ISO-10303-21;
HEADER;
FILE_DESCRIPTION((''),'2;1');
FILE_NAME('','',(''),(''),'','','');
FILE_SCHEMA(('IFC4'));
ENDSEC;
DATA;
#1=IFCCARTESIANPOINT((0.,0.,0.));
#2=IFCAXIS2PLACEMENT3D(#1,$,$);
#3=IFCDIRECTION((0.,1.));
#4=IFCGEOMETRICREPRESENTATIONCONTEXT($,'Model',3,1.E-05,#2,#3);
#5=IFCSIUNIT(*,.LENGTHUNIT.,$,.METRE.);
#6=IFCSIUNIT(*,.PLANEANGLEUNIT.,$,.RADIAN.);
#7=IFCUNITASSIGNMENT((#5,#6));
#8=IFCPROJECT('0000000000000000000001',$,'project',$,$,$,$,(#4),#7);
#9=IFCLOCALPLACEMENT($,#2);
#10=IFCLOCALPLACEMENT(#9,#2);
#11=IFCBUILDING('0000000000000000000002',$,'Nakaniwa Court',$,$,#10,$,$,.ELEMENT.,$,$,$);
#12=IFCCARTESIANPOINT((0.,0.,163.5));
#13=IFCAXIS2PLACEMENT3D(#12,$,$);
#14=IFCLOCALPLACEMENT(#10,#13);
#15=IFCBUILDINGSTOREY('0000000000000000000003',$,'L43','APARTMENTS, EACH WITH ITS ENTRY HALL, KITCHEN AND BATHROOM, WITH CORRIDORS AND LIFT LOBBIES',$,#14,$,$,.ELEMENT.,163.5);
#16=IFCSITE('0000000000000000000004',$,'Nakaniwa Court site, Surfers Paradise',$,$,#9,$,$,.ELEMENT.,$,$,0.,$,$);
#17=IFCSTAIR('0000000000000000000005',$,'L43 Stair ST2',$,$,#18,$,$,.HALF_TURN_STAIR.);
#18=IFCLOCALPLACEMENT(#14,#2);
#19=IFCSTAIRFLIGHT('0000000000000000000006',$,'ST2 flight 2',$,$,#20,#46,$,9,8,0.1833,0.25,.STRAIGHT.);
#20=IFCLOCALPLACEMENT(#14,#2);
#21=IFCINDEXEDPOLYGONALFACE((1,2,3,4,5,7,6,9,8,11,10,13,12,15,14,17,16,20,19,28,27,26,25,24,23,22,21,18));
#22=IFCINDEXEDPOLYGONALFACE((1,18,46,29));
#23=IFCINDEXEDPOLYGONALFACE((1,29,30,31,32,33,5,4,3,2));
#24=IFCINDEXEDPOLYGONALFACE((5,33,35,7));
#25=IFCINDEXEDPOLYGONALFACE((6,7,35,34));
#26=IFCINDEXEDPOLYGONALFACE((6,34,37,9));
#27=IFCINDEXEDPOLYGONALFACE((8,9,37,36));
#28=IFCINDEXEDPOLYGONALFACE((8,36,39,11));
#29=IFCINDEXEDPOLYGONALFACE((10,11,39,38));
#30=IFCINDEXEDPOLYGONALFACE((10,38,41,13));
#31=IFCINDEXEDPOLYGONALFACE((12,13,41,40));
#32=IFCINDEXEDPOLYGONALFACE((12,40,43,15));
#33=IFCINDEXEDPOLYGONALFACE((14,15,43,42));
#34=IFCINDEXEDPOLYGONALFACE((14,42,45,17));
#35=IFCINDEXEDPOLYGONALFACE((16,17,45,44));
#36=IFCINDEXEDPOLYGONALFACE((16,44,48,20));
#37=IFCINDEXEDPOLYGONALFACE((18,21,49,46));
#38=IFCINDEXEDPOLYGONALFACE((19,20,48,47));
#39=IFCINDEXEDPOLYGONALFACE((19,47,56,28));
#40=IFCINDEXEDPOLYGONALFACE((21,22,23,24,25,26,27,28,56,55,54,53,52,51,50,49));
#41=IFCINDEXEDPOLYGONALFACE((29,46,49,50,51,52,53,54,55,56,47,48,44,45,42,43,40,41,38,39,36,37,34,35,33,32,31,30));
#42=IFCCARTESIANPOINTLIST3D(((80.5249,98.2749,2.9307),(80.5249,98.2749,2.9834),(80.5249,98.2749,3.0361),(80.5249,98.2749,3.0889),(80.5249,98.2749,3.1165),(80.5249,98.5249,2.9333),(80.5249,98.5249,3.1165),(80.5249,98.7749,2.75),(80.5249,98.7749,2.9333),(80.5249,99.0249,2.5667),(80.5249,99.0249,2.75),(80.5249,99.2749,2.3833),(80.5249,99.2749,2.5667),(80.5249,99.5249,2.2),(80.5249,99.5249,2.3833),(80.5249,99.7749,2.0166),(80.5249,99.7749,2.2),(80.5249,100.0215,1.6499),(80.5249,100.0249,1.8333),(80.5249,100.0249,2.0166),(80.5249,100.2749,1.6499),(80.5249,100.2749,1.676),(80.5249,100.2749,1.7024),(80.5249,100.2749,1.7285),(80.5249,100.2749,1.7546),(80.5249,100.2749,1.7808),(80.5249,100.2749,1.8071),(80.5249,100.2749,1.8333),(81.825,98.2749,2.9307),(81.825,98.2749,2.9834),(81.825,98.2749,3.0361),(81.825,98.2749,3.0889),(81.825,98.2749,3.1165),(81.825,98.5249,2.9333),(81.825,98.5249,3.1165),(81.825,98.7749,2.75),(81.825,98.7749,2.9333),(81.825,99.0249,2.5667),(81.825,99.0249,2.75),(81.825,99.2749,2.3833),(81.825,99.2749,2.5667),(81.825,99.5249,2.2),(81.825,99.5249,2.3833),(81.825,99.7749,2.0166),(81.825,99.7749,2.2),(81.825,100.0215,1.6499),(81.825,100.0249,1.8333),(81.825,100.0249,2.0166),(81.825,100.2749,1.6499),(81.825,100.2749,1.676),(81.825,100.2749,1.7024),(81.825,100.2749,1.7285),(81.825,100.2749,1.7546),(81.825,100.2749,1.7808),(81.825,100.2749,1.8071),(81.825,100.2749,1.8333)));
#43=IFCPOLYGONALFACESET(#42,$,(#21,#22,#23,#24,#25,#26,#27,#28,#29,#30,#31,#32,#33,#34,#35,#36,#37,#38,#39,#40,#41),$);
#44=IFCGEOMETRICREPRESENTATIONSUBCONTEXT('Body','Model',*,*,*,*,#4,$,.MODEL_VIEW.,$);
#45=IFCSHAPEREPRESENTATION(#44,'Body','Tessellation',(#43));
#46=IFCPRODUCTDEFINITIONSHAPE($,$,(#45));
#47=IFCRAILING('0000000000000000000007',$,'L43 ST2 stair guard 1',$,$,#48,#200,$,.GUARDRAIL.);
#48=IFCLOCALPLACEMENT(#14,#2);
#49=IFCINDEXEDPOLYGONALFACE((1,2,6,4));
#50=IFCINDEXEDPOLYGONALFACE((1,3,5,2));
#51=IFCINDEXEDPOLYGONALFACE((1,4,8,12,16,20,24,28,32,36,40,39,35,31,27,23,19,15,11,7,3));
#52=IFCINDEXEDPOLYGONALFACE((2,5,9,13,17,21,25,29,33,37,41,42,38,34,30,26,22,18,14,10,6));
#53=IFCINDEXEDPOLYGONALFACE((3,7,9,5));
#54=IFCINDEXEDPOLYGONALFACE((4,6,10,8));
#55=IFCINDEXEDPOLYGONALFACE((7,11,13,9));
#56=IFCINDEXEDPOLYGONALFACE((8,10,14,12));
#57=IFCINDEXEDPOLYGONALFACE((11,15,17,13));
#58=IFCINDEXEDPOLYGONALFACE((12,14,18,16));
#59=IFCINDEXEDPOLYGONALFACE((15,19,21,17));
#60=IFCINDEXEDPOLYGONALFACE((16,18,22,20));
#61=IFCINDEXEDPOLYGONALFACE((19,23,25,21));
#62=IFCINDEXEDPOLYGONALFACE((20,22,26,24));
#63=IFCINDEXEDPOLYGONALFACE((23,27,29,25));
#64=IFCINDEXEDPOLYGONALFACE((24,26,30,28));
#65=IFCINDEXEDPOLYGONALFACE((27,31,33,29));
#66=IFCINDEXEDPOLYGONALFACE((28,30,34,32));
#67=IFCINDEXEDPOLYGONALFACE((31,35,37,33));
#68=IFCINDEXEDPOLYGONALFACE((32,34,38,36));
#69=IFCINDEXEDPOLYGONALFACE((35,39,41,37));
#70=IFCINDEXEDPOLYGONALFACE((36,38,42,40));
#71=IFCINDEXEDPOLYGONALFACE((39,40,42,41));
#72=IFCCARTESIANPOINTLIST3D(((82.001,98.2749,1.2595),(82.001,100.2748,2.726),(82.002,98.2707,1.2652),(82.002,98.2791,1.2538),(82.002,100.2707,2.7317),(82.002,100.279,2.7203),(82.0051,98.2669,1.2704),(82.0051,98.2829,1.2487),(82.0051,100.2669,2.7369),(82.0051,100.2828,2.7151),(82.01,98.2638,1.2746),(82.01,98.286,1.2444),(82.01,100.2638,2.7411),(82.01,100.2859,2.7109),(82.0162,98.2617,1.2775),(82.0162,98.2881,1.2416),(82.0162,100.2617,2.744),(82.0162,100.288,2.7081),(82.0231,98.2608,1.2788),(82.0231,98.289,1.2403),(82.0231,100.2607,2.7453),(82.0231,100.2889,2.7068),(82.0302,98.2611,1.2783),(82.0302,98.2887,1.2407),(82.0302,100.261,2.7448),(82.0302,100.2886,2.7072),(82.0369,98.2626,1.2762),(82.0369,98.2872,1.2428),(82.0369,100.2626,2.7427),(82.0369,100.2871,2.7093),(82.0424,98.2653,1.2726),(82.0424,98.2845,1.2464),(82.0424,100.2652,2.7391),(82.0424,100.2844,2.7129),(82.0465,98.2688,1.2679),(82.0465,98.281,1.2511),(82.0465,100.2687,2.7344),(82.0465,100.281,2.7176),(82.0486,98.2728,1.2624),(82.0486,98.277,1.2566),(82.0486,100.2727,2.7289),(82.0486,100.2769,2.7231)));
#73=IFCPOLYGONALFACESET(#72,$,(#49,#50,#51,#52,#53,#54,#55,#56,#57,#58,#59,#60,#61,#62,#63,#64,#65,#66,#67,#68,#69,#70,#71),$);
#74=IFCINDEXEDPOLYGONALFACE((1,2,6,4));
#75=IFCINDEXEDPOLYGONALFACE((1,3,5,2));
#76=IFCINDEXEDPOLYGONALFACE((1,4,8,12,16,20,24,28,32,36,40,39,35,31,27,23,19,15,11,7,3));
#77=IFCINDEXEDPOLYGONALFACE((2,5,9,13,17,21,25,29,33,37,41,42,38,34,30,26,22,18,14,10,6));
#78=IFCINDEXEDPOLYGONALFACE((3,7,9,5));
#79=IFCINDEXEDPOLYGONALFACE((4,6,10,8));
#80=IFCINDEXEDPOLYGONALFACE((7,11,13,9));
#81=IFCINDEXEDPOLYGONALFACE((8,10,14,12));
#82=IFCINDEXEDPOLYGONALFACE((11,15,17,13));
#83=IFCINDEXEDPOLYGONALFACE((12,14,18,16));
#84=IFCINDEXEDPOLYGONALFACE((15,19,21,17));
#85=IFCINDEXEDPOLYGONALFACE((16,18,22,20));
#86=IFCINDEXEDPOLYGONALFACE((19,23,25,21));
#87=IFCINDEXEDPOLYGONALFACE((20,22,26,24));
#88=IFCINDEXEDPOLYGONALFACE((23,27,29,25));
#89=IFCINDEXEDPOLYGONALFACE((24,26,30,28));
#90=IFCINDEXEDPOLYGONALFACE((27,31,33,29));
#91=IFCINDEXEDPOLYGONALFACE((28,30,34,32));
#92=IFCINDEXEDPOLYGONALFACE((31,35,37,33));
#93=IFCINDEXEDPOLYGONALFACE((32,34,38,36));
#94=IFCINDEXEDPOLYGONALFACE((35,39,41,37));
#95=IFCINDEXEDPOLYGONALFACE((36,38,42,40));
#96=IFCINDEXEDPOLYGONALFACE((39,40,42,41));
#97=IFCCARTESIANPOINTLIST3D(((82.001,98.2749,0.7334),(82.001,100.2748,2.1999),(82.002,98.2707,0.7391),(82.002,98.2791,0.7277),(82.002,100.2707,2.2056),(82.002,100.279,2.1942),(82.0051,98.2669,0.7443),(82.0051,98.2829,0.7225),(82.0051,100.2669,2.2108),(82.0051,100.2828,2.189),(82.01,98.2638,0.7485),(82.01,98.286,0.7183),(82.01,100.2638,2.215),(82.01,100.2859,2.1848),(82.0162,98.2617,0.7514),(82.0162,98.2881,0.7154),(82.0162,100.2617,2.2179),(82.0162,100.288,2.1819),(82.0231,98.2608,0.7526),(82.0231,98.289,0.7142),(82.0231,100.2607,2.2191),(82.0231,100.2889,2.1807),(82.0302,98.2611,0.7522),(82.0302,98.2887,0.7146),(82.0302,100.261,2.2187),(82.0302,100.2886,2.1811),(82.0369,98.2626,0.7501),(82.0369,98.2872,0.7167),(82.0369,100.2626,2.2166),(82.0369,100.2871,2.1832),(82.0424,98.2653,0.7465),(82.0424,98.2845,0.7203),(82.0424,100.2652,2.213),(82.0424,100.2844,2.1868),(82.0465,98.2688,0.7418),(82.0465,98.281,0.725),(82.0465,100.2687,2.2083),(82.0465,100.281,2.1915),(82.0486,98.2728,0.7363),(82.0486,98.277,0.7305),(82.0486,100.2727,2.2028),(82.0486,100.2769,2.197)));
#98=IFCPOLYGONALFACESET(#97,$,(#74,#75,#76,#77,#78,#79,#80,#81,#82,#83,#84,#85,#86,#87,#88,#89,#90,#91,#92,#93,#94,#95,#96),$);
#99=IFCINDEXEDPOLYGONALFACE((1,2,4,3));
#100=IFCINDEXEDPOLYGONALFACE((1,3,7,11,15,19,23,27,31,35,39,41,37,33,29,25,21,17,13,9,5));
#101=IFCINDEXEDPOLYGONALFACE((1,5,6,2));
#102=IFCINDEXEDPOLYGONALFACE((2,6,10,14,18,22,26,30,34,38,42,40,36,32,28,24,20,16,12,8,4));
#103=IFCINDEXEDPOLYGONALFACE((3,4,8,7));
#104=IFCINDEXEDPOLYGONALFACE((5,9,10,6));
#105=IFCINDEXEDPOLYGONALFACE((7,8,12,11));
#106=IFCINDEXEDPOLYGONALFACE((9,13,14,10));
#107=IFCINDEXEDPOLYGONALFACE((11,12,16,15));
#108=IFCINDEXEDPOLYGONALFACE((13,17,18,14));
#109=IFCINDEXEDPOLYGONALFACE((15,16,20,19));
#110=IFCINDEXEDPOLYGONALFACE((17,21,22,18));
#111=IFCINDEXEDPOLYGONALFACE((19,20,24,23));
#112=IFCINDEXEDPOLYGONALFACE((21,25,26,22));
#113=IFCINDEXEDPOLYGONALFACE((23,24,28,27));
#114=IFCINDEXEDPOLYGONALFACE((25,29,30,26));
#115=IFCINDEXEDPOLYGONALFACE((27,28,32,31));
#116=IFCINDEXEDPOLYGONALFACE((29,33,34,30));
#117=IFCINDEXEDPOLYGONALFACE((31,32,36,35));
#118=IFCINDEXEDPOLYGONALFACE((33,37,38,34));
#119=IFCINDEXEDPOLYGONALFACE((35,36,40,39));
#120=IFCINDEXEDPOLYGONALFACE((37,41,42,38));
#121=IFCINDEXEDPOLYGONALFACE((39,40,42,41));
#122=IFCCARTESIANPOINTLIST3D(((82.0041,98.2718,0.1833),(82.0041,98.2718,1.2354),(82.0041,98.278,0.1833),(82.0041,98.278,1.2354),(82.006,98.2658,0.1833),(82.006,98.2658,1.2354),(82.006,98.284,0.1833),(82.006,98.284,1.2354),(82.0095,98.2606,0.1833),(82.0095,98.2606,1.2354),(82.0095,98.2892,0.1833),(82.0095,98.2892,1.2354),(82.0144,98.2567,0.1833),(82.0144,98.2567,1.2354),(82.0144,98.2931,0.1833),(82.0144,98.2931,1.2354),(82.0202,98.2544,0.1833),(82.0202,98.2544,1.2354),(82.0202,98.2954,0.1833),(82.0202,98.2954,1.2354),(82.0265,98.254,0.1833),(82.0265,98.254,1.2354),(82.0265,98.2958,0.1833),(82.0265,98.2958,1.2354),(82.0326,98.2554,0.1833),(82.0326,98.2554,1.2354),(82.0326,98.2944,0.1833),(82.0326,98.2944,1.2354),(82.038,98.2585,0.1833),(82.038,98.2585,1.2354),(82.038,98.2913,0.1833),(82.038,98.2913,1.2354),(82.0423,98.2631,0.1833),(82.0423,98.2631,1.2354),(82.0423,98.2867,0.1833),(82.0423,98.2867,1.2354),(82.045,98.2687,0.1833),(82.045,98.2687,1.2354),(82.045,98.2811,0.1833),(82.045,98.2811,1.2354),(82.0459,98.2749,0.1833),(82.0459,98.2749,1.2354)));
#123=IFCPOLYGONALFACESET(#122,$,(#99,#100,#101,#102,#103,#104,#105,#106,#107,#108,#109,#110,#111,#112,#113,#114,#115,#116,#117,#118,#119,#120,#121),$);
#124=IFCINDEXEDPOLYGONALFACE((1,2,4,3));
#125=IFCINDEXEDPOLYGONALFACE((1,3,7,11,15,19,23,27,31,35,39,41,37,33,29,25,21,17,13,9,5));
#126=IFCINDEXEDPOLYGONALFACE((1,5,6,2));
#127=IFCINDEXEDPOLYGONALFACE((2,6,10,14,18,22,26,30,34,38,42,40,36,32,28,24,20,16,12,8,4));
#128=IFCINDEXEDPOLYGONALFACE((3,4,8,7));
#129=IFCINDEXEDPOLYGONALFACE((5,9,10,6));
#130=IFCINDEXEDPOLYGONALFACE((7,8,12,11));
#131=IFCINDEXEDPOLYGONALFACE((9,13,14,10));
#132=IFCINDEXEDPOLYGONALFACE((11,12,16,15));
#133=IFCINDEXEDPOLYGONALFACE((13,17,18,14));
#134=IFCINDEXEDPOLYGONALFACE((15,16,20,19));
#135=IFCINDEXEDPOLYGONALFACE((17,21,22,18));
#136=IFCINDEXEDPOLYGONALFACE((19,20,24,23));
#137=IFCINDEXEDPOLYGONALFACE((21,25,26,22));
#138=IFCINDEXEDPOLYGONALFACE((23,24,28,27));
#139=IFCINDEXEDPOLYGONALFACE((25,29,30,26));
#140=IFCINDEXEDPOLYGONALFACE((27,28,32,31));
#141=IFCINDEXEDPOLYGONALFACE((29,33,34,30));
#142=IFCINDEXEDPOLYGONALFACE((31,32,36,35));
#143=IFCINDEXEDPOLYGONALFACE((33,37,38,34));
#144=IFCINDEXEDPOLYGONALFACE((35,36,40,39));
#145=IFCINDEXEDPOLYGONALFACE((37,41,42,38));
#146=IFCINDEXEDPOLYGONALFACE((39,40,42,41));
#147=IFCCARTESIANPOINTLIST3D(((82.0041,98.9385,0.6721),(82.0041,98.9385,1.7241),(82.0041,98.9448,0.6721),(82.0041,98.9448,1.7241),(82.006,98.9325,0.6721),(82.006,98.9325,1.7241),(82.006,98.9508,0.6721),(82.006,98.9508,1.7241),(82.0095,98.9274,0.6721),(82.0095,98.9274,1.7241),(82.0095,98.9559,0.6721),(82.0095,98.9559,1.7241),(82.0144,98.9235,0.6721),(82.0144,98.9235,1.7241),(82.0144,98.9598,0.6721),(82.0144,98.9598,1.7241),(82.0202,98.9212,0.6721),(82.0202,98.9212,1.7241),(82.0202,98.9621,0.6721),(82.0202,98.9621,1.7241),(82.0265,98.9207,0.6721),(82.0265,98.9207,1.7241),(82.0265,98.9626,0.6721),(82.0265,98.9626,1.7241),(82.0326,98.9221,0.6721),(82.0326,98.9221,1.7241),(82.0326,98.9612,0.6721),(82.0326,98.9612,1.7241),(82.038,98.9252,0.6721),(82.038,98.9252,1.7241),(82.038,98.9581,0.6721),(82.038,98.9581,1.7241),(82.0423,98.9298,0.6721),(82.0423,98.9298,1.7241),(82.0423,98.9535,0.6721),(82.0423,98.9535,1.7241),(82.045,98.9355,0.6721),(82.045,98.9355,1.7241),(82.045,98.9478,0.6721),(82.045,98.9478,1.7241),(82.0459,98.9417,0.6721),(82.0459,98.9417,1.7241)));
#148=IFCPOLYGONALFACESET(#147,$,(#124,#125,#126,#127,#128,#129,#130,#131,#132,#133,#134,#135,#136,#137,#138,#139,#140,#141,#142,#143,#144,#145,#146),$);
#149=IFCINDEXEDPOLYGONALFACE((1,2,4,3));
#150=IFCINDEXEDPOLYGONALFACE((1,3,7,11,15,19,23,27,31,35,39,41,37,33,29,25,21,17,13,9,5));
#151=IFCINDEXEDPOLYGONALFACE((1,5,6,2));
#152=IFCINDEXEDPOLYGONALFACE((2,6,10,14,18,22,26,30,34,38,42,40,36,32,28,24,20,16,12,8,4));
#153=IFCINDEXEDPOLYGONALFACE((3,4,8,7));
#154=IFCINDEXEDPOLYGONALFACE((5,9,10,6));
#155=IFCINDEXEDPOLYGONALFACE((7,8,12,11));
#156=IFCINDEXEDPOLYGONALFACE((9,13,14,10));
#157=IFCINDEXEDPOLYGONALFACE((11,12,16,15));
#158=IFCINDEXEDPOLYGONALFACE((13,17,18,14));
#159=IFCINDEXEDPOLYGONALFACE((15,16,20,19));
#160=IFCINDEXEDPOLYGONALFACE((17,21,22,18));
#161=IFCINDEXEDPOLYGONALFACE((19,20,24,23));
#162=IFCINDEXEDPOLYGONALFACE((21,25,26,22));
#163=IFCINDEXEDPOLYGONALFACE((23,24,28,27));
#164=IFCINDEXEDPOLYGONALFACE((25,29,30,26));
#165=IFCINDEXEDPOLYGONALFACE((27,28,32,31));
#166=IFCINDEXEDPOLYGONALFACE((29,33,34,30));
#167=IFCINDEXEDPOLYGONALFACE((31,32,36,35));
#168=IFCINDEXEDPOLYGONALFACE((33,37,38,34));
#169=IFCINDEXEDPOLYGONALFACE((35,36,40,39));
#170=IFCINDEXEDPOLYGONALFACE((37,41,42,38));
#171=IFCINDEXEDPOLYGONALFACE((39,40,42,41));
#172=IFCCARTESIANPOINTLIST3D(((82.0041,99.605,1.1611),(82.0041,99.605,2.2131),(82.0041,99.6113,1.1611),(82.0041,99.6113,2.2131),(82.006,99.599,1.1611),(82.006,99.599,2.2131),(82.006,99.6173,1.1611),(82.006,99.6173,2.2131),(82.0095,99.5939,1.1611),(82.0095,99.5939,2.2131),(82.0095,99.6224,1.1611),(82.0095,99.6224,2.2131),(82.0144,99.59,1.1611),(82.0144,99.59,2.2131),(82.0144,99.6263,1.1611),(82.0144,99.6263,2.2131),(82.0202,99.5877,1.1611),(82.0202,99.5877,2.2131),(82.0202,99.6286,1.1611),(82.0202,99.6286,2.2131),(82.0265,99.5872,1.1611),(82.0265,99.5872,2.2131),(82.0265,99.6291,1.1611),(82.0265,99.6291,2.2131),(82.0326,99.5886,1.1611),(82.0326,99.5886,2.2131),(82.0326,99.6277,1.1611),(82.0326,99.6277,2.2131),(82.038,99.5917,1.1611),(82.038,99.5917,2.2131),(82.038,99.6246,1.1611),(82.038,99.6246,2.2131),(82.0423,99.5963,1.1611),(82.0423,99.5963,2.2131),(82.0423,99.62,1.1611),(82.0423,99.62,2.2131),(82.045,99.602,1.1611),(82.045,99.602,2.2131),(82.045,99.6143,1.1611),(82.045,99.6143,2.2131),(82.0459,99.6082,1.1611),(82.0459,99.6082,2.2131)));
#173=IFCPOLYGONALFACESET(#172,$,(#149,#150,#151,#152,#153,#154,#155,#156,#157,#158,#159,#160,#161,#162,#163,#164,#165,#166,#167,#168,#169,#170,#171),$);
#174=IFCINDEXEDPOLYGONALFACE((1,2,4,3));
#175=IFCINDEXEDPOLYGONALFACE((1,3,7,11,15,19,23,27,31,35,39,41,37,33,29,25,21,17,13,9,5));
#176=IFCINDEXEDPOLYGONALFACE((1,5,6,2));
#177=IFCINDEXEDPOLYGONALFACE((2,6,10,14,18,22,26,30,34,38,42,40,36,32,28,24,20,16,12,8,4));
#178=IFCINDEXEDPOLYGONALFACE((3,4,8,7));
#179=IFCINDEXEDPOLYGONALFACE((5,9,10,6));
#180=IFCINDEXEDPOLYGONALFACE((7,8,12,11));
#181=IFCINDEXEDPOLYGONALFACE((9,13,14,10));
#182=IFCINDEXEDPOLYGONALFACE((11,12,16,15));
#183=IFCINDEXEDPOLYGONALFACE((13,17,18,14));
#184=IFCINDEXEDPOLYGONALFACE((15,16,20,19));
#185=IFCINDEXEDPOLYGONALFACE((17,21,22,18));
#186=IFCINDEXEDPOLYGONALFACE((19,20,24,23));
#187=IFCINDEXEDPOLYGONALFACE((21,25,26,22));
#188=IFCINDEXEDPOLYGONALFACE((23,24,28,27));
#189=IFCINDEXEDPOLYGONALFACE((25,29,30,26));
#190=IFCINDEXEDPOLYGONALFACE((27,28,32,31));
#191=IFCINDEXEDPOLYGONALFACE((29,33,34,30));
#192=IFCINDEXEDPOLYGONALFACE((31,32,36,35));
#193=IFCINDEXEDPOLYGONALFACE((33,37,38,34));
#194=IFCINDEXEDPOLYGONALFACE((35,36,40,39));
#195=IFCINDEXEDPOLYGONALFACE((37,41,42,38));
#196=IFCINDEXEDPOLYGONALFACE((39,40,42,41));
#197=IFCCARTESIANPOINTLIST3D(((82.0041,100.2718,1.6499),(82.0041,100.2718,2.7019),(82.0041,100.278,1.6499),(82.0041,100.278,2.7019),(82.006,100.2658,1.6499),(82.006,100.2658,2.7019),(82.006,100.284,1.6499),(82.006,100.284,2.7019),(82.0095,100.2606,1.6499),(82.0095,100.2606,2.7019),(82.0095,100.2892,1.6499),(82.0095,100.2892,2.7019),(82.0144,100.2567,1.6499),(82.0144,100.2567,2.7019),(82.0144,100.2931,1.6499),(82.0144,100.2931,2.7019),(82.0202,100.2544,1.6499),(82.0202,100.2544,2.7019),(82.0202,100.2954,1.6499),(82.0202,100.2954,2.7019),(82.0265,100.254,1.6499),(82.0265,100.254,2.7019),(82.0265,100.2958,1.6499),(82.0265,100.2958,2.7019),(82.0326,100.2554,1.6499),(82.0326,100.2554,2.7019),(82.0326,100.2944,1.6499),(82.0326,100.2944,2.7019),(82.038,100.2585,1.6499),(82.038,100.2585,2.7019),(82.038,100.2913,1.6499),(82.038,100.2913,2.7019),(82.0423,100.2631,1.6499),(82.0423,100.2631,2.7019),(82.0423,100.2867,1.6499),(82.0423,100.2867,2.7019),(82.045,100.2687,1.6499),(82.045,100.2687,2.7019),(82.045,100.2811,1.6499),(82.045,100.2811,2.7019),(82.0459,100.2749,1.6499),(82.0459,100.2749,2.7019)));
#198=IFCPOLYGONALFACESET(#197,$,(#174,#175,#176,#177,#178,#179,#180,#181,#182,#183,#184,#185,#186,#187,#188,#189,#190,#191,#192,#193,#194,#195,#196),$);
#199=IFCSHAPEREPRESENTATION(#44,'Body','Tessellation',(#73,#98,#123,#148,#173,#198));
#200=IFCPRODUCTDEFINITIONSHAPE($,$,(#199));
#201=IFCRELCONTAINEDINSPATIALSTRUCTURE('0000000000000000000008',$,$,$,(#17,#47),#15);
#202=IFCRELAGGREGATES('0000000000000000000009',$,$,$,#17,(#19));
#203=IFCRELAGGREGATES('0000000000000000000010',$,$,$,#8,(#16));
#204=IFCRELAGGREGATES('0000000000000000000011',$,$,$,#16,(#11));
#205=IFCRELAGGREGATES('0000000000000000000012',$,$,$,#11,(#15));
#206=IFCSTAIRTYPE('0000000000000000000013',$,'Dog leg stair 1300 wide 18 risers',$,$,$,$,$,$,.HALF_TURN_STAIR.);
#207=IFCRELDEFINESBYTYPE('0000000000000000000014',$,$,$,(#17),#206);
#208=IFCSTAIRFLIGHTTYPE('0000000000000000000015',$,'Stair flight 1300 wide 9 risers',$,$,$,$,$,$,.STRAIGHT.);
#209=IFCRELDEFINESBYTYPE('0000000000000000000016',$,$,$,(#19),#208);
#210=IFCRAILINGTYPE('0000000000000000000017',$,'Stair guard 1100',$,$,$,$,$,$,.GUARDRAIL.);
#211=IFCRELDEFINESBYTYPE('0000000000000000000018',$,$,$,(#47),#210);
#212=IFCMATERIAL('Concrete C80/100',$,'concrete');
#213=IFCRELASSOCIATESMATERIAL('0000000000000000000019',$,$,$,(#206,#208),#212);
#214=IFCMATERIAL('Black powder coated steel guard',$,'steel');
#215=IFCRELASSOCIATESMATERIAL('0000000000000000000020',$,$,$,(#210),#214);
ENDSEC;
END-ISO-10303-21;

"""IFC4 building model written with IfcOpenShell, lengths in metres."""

from ifc_helpers import new_model, si_unit, direction, frame, origin, origin_2d, place, context, subcontext, project, spatial, polyline, circle, outline, extrude, material, type_object, element, aggregate, save


model = new_model("IFC4")

# Units and contexts
model_context = context("Model", 3, precision=1e-05, world=origin(), true_north=direction((0.0, 1.0)))
body_context = subcontext(model_context, "Body", "Model", "MODEL_VIEW")
ifc_project = project(units=[si_unit("LENGTHUNIT", "METRE"), si_unit("PLANEANGLEUNIT", "RADIAN")], contexts=[model_context])

# Site, building, storey
site_placement = place(None, origin())
site = spatial("IfcSite", under=ifc_project, at=site_placement, Name="Nakaniwa Court site, Surfers Paradise", CompositionType="ELEMENT", RefElevation=0.0)
building_placement = place(site_placement, origin())
building = spatial("IfcBuilding", under=site, at=building_placement, Name="Nakaniwa Court", CompositionType="ELEMENT")
storey_placement = place(building_placement, frame((0.0, 0.0, 163.5)))
storey = spatial("IfcBuildingStorey", under=building, at=storey_placement, Name="L43", Description="APARTMENTS, EACH WITH ITS ENTRY HALL, KITCHEN AND BATHROOM, WITH CORRIDORS AND LIFT LOBBIES", CompositionType="ELEMENT", Elevation=163.5)

# Shared definitions
ifc_material_1 = material(Name="Concrete C80/100", Category="concrete")

# Stair, stair flight
stair_type = type_object("IfcStairType", Name="Dog leg stair 1300 wide 18 risers", PredefinedType="HALF_TURN_STAIR", material=ifc_material_1)
stair_placement = place(storey_placement, origin())
stair = element("IfcStair", 1, at=stair_placement, inside=storey, type_object=stair_type, Name="L43 Stair ST2", PredefinedType="HALF_TURN_STAIR")
stair_flight_type = type_object("IfcStairFlightType", Name="Stair flight 1300 wide 9 risers", PredefinedType="STRAIGHT", material=ifc_material_1)
stair_flight_1_placement = place(storey_placement, frame((81.175, 100.2749, 1.6499), z_axis=(0.0, 0.0, 1.0), x_axis=(0.0, -1.0, 0.0)))
stair_flight_1 = element("IfcStairFlight", 2, at=stair_flight_1_placement, type_object=stair_flight_type, Name="ST2 flight 2", NumberOfRisers=9, NumberOfTreads=8, PredefinedType="STRAIGHT", RiserHeight=0.1833, TreadLength=0.25, context=body_context, shape_type="SweptSolid", body=[
    extrude(outline(polyline([(0.0, 0.0), (0.0, 0.0261), (0.0, 0.0525), (0.0, 0.0786), (0.0, 0.1047), (0.0, 0.1309), (0.0, 0.1572), (0.0, 0.1833), (0.25, 0.1833), (0.25, 0.3667), (0.5, 0.3667), (0.5, 0.55), (0.75, 0.55), (0.75, 0.7334), (1.0, 0.7334), (1.0, 0.9167), (1.25, 0.9167), (1.25, 1.1001), (1.5, 1.1001), (1.5, 1.2834), (1.75, 1.2834), (1.75, 1.4666), (2.0, 1.4666), (2.0, 1.6499), (2.0, 1.5972), (2.0, 1.5444), (2.0, 1.4917), (2.0, 1.439), (2.0, 1.3862), (2.0, 1.3335), (2.0, 1.2808), (0.2534, 0.0), (0.0, 0.0)])), frame((0.0, 0.6499, 0.0), z_axis=(0.0, -1.0, 0.0), x_axis=(1.0, 0.0, 0.0)), (0.0, 0.0, 1.0), 1.3),
])
aggregate(stair, [stair_flight_1])

# Railing
ifc_material_2 = material(Name="Black powder coated steel guard", Category="steel")
railing_type_1 = type_object("IfcRailingType", Name="Stair guard 1100", PredefinedType="GUARDRAIL", material=ifc_material_2)
railing_1_placement = place(storey_placement, frame((82.0249, 98.2749, 0.1833)))
element("IfcRailing", 3, at=railing_1_placement, inside=storey, type_object=railing_type_1, Name="L43 ST2 stair guard 1", PredefinedType="GUARDRAIL", context=body_context, shape_type="SweptSolid", body=[
    extrude(circle(Radius=0.0239, at=origin_2d()), frame((0.0, 0.0, 1.0762), z_axis=(0.0, 0.806427, 0.591334), x_axis=(-1.0, 0.0, 0.0)), (0.0, 0.0, 1.0), 2.48),
    extrude(circle(Radius=0.0239, at=origin_2d()), frame((0.0, 0.0, 0.55), z_axis=(0.0, 0.806427, 0.591334), x_axis=(-1.0, 0.0, 0.0)), (0.0, 0.0, 1.0), 2.48),
    extrude(circle(Radius=0.021, at=origin_2d()), origin(), (0.0, 0.0, 1.0), 1.052),
    extrude(circle(Radius=0.021, at=origin_2d()), frame((0.0, 0.6667, 0.4888)), (0.0, 0.0, 1.0), 1.052),
    extrude(circle(Radius=0.021, at=origin_2d()), frame((0.0, 1.3333, 0.9778)), (0.0, 0.0, 1.0), 1.052),
    extrude(circle(Radius=0.021, at=origin_2d()), frame((0.0, 2.0, 1.4666)), (0.0, 0.0, 1.0), 1.052),
])

save(model, "model.ifc")
